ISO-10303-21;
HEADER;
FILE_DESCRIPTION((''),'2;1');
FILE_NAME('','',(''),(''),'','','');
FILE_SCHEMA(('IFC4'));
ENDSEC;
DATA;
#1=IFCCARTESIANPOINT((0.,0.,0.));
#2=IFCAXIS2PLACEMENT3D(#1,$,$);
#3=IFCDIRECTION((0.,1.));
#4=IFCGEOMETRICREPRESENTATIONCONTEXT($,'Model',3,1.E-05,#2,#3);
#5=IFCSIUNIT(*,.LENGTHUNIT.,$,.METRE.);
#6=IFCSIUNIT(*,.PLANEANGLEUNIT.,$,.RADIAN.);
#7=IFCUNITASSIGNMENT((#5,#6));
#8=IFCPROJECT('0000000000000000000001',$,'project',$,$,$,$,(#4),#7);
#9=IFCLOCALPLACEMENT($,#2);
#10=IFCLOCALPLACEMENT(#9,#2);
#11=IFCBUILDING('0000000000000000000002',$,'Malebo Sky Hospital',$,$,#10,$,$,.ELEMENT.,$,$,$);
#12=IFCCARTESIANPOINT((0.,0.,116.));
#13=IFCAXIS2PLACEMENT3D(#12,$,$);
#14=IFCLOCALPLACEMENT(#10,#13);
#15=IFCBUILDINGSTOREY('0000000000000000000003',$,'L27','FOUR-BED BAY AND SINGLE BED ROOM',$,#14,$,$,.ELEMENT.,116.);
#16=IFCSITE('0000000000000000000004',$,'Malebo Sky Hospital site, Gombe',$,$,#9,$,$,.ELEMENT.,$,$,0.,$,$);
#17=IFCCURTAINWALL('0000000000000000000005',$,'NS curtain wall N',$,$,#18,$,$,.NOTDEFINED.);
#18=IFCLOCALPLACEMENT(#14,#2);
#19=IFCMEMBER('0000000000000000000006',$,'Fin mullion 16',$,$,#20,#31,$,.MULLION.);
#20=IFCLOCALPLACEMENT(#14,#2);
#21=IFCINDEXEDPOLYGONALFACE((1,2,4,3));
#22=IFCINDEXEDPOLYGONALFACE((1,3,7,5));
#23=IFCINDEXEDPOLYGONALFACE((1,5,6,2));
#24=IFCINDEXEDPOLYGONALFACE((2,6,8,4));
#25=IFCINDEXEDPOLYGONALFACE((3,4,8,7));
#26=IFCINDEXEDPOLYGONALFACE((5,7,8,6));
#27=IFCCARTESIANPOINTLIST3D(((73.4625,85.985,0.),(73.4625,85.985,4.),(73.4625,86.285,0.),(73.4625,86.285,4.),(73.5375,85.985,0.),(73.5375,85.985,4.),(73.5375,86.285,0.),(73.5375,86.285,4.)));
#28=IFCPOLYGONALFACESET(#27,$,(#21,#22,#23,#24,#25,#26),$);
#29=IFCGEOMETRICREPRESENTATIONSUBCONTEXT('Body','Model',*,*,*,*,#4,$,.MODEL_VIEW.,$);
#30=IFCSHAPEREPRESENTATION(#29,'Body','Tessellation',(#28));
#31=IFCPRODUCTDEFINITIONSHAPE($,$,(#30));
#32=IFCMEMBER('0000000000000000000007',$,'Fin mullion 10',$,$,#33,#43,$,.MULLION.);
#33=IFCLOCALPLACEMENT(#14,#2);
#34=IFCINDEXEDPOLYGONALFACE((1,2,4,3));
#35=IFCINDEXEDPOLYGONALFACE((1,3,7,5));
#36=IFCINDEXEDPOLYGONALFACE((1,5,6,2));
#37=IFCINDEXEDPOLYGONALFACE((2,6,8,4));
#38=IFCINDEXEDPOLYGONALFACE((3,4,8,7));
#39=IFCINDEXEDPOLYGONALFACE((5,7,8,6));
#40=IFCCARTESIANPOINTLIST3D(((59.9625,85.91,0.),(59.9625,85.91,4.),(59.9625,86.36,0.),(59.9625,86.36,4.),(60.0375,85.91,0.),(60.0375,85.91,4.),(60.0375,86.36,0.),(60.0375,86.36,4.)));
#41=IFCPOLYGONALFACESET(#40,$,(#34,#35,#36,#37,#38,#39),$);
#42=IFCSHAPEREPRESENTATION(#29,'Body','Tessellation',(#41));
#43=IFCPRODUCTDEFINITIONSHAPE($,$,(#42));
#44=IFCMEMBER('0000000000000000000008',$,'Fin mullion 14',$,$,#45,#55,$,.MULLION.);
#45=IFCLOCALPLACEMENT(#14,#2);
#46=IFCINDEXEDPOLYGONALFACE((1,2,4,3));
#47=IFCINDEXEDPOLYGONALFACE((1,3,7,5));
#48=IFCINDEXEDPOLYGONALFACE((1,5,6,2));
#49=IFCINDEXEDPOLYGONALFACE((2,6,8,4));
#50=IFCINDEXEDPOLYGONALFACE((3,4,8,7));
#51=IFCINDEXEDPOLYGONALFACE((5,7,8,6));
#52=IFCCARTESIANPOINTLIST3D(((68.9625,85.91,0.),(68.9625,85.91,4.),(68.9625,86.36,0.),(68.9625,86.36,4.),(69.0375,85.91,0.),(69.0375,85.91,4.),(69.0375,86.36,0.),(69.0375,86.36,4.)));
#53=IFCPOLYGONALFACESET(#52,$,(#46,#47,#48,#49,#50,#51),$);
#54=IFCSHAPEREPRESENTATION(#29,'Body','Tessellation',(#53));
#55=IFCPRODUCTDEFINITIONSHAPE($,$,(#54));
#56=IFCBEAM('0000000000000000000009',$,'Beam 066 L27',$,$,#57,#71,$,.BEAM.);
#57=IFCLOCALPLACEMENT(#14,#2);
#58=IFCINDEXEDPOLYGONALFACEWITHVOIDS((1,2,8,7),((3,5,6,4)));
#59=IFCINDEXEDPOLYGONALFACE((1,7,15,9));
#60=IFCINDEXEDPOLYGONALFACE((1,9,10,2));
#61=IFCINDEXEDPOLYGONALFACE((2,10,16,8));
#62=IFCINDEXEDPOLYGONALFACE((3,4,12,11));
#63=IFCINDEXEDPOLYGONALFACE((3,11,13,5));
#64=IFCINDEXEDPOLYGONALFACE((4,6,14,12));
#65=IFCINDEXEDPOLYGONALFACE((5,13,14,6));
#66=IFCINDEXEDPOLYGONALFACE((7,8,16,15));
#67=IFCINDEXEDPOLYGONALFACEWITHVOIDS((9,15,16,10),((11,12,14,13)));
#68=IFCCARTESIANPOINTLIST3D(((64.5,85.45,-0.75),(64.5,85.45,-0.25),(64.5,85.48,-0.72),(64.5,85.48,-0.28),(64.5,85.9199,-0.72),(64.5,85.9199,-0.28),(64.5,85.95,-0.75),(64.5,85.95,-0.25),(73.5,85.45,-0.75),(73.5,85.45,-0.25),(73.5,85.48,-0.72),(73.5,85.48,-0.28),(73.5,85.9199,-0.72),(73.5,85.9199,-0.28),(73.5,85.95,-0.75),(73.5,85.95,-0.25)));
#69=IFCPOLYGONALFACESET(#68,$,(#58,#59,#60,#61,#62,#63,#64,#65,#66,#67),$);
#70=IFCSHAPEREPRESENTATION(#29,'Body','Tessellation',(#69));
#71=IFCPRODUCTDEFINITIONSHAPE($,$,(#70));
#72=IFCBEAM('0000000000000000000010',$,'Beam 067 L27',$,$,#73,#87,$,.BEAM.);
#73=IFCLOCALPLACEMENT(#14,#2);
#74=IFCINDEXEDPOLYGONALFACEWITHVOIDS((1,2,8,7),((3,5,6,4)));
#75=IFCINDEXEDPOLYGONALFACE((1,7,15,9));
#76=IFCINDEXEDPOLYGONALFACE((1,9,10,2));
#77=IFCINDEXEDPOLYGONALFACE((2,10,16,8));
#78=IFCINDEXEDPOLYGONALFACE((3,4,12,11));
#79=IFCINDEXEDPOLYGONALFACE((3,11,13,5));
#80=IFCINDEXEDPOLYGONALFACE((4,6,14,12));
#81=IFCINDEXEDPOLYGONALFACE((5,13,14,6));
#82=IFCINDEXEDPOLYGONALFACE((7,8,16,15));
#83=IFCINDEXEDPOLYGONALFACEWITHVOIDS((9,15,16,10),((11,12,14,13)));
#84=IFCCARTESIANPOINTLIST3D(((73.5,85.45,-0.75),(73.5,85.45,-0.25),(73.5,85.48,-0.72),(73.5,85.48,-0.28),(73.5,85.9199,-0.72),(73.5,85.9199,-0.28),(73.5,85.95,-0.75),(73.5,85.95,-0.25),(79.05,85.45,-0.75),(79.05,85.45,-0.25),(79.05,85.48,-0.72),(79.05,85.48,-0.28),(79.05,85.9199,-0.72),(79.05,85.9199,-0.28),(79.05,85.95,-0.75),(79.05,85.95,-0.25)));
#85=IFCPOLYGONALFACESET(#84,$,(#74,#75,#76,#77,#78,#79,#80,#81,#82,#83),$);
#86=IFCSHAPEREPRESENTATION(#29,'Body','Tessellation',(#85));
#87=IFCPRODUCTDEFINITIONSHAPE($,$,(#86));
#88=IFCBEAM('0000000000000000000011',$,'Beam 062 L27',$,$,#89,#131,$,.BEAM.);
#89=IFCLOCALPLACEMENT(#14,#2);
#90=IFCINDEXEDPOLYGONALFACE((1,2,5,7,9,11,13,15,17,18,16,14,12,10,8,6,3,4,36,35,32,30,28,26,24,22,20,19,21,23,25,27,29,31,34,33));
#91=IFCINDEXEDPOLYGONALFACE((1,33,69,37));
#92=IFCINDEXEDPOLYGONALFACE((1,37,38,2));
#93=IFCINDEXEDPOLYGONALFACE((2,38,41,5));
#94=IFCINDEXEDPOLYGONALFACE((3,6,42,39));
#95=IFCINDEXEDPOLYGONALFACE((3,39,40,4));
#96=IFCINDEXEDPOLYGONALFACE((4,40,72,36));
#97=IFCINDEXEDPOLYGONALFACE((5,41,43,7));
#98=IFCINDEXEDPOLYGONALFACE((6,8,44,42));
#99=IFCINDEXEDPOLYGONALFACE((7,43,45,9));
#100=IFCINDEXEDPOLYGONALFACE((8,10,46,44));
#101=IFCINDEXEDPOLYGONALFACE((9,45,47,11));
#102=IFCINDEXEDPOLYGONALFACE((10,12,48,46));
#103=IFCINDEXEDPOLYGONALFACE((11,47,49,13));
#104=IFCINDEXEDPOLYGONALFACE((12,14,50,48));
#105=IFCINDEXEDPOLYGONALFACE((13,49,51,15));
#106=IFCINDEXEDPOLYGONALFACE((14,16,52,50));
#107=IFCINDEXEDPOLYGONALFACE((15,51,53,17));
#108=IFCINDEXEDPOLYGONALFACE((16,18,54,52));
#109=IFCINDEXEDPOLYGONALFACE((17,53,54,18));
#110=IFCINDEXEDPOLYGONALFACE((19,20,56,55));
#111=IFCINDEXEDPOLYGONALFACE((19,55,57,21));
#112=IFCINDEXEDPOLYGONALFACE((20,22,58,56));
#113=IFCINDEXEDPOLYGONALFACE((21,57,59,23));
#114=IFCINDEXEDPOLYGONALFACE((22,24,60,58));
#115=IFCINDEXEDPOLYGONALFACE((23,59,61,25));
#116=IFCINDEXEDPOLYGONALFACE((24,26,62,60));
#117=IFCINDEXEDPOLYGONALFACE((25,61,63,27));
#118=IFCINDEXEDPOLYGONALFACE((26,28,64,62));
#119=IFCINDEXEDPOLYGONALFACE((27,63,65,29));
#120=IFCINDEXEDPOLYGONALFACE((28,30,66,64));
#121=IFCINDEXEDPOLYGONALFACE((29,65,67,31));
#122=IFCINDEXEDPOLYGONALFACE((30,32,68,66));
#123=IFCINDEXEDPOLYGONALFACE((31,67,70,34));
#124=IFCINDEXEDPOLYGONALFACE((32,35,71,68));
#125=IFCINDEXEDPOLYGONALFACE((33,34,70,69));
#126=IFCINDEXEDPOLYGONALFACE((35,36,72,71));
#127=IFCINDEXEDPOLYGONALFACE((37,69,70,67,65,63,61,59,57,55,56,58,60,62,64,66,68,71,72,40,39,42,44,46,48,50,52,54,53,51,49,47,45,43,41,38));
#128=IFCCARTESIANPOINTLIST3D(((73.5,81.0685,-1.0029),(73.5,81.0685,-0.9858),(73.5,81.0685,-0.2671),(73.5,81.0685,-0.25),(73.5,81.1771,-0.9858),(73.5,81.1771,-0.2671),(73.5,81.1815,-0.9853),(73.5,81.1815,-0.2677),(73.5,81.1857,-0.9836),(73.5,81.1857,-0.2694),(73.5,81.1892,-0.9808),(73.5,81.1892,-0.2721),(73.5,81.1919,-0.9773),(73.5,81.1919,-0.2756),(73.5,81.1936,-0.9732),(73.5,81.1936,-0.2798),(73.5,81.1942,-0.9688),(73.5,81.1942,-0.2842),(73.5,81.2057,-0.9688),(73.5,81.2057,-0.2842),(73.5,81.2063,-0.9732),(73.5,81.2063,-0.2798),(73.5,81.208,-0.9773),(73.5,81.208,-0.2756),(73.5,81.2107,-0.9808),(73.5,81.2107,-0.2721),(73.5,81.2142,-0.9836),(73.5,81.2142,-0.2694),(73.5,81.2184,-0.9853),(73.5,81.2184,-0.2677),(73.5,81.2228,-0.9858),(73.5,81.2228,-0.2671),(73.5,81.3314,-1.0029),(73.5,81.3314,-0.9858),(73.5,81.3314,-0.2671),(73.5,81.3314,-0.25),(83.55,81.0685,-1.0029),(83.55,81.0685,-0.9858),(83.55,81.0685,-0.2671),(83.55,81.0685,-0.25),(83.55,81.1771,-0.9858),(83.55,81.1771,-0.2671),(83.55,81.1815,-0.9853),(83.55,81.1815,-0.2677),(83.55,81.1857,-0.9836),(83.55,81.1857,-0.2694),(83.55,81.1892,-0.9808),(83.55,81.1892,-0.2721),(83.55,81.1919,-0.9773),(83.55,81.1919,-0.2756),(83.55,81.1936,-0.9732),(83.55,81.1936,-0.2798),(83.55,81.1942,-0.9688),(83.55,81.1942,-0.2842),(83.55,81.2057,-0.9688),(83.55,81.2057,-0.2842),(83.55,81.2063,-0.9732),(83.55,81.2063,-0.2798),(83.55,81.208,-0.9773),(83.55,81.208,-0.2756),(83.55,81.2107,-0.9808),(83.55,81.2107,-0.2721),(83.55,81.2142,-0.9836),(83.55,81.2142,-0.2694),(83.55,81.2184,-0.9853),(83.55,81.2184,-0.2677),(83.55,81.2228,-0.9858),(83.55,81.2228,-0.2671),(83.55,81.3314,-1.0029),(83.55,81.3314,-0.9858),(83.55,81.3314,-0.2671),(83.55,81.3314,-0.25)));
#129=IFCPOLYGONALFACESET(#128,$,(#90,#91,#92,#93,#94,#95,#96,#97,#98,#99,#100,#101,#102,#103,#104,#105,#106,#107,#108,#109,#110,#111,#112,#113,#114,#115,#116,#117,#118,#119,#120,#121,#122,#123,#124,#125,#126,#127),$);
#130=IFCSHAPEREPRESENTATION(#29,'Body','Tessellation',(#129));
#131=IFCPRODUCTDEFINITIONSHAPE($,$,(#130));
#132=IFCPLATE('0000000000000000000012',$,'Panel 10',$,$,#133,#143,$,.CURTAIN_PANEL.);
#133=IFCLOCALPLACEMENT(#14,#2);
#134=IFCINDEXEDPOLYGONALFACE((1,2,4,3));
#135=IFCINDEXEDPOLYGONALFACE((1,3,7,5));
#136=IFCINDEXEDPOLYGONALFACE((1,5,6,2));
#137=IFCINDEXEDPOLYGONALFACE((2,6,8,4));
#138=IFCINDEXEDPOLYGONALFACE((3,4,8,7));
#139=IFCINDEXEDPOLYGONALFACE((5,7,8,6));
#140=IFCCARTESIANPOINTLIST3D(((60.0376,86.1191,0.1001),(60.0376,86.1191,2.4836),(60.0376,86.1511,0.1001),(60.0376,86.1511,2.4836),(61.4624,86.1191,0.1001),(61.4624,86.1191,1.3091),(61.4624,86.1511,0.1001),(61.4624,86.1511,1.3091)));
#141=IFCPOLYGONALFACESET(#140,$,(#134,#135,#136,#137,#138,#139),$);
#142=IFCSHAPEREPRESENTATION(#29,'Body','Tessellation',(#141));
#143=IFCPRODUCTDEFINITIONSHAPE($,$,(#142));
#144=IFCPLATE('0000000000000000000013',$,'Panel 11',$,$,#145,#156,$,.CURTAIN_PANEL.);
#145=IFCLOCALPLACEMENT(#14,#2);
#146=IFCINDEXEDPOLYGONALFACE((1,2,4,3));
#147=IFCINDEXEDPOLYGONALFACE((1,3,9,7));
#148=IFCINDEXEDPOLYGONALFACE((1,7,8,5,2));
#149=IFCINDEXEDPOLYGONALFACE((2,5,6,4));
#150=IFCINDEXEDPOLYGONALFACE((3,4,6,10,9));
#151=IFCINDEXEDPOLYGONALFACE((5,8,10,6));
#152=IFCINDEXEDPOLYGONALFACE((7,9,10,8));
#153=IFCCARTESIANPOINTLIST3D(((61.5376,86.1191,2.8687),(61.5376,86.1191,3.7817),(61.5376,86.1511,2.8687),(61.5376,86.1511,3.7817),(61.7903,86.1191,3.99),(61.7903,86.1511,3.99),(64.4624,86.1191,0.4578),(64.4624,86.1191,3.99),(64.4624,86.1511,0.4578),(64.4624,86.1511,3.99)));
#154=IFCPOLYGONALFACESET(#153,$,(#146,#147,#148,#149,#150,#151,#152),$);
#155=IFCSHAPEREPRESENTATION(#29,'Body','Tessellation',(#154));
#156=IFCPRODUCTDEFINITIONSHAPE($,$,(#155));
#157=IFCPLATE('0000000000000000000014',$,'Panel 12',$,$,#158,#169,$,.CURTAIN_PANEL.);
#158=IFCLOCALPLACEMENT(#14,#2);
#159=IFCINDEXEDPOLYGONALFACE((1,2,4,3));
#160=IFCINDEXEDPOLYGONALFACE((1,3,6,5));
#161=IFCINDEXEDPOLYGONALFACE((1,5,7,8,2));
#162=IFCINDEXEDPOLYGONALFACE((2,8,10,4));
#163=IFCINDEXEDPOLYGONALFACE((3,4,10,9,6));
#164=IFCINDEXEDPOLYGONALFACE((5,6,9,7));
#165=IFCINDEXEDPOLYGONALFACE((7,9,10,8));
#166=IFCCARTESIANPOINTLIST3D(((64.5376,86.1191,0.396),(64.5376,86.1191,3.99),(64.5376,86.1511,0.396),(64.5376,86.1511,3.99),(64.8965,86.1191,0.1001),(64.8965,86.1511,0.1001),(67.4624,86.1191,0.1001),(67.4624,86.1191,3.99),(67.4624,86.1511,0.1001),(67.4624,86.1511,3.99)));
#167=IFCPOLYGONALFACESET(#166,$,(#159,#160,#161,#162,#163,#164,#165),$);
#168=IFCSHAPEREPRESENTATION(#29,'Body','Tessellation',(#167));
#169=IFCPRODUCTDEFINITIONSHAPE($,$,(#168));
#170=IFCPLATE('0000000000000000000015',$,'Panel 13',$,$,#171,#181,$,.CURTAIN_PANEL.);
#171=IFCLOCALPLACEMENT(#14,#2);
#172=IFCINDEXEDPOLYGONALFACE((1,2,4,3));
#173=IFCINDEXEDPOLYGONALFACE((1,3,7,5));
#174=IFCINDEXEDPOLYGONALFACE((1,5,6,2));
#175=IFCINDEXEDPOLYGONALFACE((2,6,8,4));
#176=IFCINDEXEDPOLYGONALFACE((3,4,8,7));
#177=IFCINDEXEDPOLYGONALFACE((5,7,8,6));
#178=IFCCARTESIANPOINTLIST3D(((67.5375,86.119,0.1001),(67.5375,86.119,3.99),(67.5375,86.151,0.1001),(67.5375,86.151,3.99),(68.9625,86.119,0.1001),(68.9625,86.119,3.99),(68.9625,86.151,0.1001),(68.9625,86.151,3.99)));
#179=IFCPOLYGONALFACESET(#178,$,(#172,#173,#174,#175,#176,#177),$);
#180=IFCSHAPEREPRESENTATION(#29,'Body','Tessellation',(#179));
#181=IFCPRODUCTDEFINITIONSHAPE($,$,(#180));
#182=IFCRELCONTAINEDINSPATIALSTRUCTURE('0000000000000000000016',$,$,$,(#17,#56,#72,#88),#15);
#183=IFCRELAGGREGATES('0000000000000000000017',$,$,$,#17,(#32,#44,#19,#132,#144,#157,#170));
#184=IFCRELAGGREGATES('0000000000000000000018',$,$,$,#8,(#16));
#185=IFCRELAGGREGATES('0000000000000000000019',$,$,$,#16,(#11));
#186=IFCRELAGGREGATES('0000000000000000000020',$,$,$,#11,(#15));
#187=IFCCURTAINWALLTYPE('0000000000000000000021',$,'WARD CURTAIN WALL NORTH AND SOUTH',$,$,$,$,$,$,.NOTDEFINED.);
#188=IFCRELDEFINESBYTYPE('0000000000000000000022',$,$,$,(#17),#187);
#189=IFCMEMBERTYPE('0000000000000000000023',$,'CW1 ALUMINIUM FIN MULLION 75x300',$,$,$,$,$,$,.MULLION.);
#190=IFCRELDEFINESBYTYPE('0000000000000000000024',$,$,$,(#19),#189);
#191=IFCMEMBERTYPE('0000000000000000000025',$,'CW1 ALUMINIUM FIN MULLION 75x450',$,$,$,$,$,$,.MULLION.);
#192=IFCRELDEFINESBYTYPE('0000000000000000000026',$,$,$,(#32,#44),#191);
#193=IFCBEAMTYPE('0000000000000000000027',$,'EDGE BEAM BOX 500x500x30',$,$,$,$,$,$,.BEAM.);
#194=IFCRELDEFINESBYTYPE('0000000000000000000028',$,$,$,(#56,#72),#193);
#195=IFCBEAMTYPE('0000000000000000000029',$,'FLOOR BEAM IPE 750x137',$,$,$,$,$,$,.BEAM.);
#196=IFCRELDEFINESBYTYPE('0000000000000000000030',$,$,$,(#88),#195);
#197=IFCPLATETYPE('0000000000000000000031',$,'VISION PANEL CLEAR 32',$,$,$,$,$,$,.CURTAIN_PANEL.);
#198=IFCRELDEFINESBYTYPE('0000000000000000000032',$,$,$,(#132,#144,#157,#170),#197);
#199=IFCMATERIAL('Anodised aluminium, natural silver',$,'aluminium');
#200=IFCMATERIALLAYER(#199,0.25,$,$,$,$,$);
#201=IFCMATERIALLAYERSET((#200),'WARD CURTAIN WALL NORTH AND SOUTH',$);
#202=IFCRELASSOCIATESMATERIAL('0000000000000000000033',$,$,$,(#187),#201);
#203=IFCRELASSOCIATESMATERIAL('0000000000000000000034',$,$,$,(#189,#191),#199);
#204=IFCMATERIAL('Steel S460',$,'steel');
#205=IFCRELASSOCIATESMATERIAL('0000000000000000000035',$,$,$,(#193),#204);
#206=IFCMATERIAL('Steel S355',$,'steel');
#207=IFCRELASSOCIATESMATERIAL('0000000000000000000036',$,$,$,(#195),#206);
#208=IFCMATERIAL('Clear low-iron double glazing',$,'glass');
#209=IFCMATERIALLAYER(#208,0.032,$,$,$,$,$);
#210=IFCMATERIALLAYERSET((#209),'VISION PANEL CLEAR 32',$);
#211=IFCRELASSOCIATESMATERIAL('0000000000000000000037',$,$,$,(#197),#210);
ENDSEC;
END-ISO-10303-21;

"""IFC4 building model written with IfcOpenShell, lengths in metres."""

from ifc_helpers import new_model, si_unit, direction, frame, origin, origin_2d, place, context, subcontext, project, spatial, polyline, rectangle, hollow_rectangle, i_section, outline, extrude, material, layer, layer_set, material_profile, profile_set, type_object, element, aggregate, save


model = new_model("IFC4")

# Units and contexts
model_context = context("Model", 3, precision=1e-05, world=origin(), true_north=direction((0.0, 1.0)))
body_context = subcontext(model_context, "Body", "Model", "MODEL_VIEW")
ifc_project = project(units=[si_unit("LENGTHUNIT", "METRE"), si_unit("PLANEANGLEUNIT", "RADIAN")], contexts=[model_context])

# Site, building, storey
site_placement = place(None, origin())
site = spatial("IfcSite", under=ifc_project, at=site_placement, Name="Malebo Sky Hospital site, Gombe", CompositionType="ELEMENT", RefElevation=0.0)
building_placement = place(site_placement, origin())
building = spatial("IfcBuilding", under=site, at=building_placement, Name="Malebo Sky Hospital", CompositionType="ELEMENT")
storey_placement = place(building_placement, frame((0.0, 0.0, 116.0)))
storey = spatial("IfcBuildingStorey", under=building, at=storey_placement, Name="L27", Description="FOUR-BED BAY AND SINGLE BED ROOM", CompositionType="ELEMENT", Elevation=116.0)

# Shared definitions
ifc_material_1 = material(Name="Steel S460", Category="steel")

# Curtain wall
ifc_material_2 = material(Name="Anodised aluminium, natural silver", Category="aluminium")
ifc_layer_1 = layer(ifc_material_2, 0.25)
ifc_layer_set_1 = layer_set([ifc_layer_1], Name="WARD CURTAIN WALL NORTH AND SOUTH")
curtain_wall_type = type_object("IfcCurtainWallType", Name="WARD CURTAIN WALL NORTH AND SOUTH", PredefinedType="NOTDEFINED", material=ifc_layer_set_1)
curtain_wall_placement = place(storey_placement, origin())
curtain_wall = element("IfcCurtainWall", 1, at=curtain_wall_placement, inside=storey, type_object=curtain_wall_type, Name="NS curtain wall N", PredefinedType="NOTDEFINED")

# Members
ifc_material_3 = material(Name="Steel S355", Category="steel")
ifc_material_profile_1 = material_profile(ifc_material_2, rectangle(XDim=0.075, YDim=0.3, at=origin_2d()), Name="CW1 ALUMINIUM FIN MULLION 75x300")
ifc_profile_set_1 = profile_set([ifc_material_profile_1], Name="Anodised aluminium, natural silver")
member_type_1 = type_object("IfcMemberType", Name="CW1 ALUMINIUM FIN MULLION 75x300", PredefinedType="MULLION", material=ifc_profile_set_1)
member_1_placement = place(storey_placement, frame((73.5, 86.135, 0.0), z_axis=(0.0, 0.0, 1.0), x_axis=(1.0, 0.0, 0.0)))
member_1 = element("IfcMember", 2, at=member_1_placement, type_object=member_type_1, Name="Fin mullion 16", PredefinedType="MULLION", context=body_context, shape_type="SweptSolid", body=[
    extrude(rectangle(XDim=0.075, YDim=0.3, at=origin_2d()), origin(), (0.0, 0.0, 1.0), 4.0),
])
ifc_material_profile_2 = material_profile(ifc_material_2, rectangle(XDim=0.075, YDim=0.45, at=origin_2d()), Name="CW1 ALUMINIUM FIN MULLION 75x450")
ifc_profile_set_2 = profile_set([ifc_material_profile_2], Name="Anodised aluminium, natural silver")
member_type_2 = type_object("IfcMemberType", Name="CW1 ALUMINIUM FIN MULLION 75x450", PredefinedType="MULLION", material=ifc_profile_set_2)
member_2_placement = place(storey_placement, frame((60.0, 86.135, 0.0), z_axis=(0.0, 0.0, 1.0), x_axis=(1.0, 0.0, 0.0)))
member_2 = element("IfcMember", 3, at=member_2_placement, type_object=member_type_2, Name="Fin mullion 10", PredefinedType="MULLION", context=body_context, shape_type="SweptSolid", body=[
    extrude(rectangle(XDim=0.075, YDim=0.45, at=origin_2d()), origin(), (0.0, 0.0, 1.0), 4.0),
])
member_3_placement = place(storey_placement, frame((69.0, 86.135, 0.0), z_axis=(0.0, 0.0, 1.0), x_axis=(1.0, 0.0, 0.0)))
member_3 = element("IfcMember", 4, at=member_3_placement, type_object=member_type_2, Name="Fin mullion 14", PredefinedType="MULLION", context=body_context, shape_type="SweptSolid", body=[
    extrude(rectangle(XDim=0.075, YDim=0.45, at=origin_2d()), origin(), (0.0, 0.0, 1.0), 4.0),
])

# Beams
ifc_material_profile_3 = material_profile(ifc_material_1, hollow_rectangle(XDim=0.5, YDim=0.5, WallThickness=0.03, at=origin_2d()), Name="BOX 500x500x30")
ifc_profile_set_3 = profile_set([ifc_material_profile_3], Name="Steel S460")
beam_type_1 = type_object("IfcBeamType", Name="EDGE BEAM BOX 500x500x30", PredefinedType="BEAM", material=ifc_profile_set_3)
beam_1_placement = place(storey_placement, frame((64.5, 85.7, -0.5), z_axis=(1.0, 0.0, 0.0), x_axis=(0.0, 1.0, 0.0)))
element("IfcBeam", 5, at=beam_1_placement, inside=storey, type_object=beam_type_1, Name="Beam 066 L27", PredefinedType="BEAM", context=body_context, shape_type="SweptSolid", body=[
    extrude(hollow_rectangle(XDim=0.5, YDim=0.5, WallThickness=0.03, at=origin_2d()), origin(), (0.0, 0.0, 1.0), 9.0),
])
beam_2_placement = place(storey_placement, frame((73.5, 85.7, -0.5), z_axis=(1.0, 0.0, 0.0), x_axis=(0.0, 1.0, 0.0)))
element("IfcBeam", 6, at=beam_2_placement, inside=storey, type_object=beam_type_1, Name="Beam 067 L27", PredefinedType="BEAM", context=body_context, shape_type="SweptSolid", body=[
    extrude(hollow_rectangle(XDim=0.5, YDim=0.5, WallThickness=0.03, at=origin_2d()), origin(), (0.0, 0.0, 1.0), 5.55),
])
ifc_material_profile_4 = material_profile(ifc_material_3, i_section(OverallWidth=0.2629, OverallDepth=0.7529, WebThickness=0.0115, FlangeThickness=0.0171, FilletRadius=0.0171, at=origin_2d()), Name="IPE 750x137")
ifc_profile_set_4 = profile_set([ifc_material_profile_4], Name="Steel S355")
beam_type_2 = type_object("IfcBeamType", Name="FLOOR BEAM IPE 750x137", PredefinedType="BEAM", material=ifc_profile_set_4)
beam_3_placement = place(storey_placement, frame((73.5, 81.2, -0.6265), z_axis=(1.0, 0.0, 0.0), x_axis=(0.0, 1.0, 0.0)))
element("IfcBeam", 7, at=beam_3_placement, inside=storey, type_object=beam_type_2, Name="Beam 062 L27", PredefinedType="BEAM", context=body_context, shape_type="SweptSolid", body=[
    extrude(i_section(OverallWidth=0.2629, OverallDepth=0.7529, WebThickness=0.0115, FlangeThickness=0.0171, FilletRadius=0.0171, at=origin_2d()), origin(), (0.0, 0.0, 1.0), 10.05),
])

# Plates
ifc_material_4 = material(Name="Clear low-iron double glazing", Category="glass")
ifc_layer_2 = layer(ifc_material_4, 0.032)
ifc_layer_set_2 = layer_set([ifc_layer_2], Name="VISION PANEL CLEAR 32")
plate_type = type_object("IfcPlateType", Name="VISION PANEL CLEAR 32", PredefinedType="CURTAIN_PANEL", material=ifc_layer_set_2)
plate_1_placement = place(storey_placement, frame((60.75, 86.135, 0.1001), z_axis=(0.0, 0.0, 1.0), x_axis=(1.0, 0.0, 0.0)))
plate_1 = element("IfcPlate", 8, at=plate_1_placement, type_object=plate_type, Name="Panel 10", PredefinedType="CURTAIN_PANEL", context=body_context, shape_type="SweptSolid", body=[
    extrude(outline(polyline([(-0.7124, 0.0), (0.7124, 0.0), (0.7124, 1.209), (-0.7124, 2.3835), (-0.7124, 0.0)])), frame((0.0, 0.0161, 0.0), z_axis=(0.0, -1.0, 0.0), x_axis=(1.0, 0.0, 0.0)), (0.0, 0.0, 1.0), 0.032),
])
plate_2_placement = place(storey_placement, frame((63.0, 86.135, 0.4578), z_axis=(0.0, 0.0, 1.0), x_axis=(1.0, 0.0, 0.0)))
plate_2 = element("IfcPlate", 9, at=plate_2_placement, type_object=plate_type, Name="Panel 11", PredefinedType="CURTAIN_PANEL", context=body_context, shape_type="SweptSolid", body=[
    extrude(outline(polyline([(1.4624, 0.0), (1.4624, 3.5322), (-1.2097, 3.5322), (-1.4624, 3.324), (-1.4624, 2.4109), (1.4624, 0.0)])), frame((0.0, 0.0161, 0.0), z_axis=(0.0, -1.0, 0.0), x_axis=(1.0, 0.0, 0.0)), (0.0, 0.0, 1.0), 0.032),
])
plate_3_placement = place(storey_placement, frame((66.0, 86.135, 0.1001), z_axis=(0.0, 0.0, 1.0), x_axis=(1.0, 0.0, 0.0)))
plate_3 = element("IfcPlate", 10, at=plate_3_placement, type_object=plate_type, Name="Panel 12", PredefinedType="CURTAIN_PANEL", context=body_context, shape_type="SweptSolid", body=[
    extrude(outline(polyline([(-1.1035, 0.0), (1.4624, 0.0), (1.4624, 3.8899), (-1.4624, 3.8899), (-1.4624, 0.2959), (-1.1035, 0.0)])), frame((0.0, 0.0161, 0.0), z_axis=(0.0, -1.0, 0.0), x_axis=(1.0, 0.0, 0.0)), (0.0, 0.0, 1.0), 0.032),
])
plate_4_placement = place(storey_placement, frame((68.25, 86.135, 0.1001), z_axis=(0.0, 0.0, 1.0), x_axis=(1.0, 0.0, 0.0)))
plate_4 = element("IfcPlate", 11, at=plate_4_placement, type_object=plate_type, Name="Panel 13", PredefinedType="CURTAIN_PANEL", context=body_context, shape_type="SweptSolid", body=[
    extrude(rectangle(XDim=1.425, YDim=0.032, at=origin_2d()), origin(), (0.0, 0.0, 1.0), 3.8899),
])
aggregate(curtain_wall, [member_2, member_3, member_1, plate_1, plate_2, plate_3, plate_4])

save(model, "model.ifc")
